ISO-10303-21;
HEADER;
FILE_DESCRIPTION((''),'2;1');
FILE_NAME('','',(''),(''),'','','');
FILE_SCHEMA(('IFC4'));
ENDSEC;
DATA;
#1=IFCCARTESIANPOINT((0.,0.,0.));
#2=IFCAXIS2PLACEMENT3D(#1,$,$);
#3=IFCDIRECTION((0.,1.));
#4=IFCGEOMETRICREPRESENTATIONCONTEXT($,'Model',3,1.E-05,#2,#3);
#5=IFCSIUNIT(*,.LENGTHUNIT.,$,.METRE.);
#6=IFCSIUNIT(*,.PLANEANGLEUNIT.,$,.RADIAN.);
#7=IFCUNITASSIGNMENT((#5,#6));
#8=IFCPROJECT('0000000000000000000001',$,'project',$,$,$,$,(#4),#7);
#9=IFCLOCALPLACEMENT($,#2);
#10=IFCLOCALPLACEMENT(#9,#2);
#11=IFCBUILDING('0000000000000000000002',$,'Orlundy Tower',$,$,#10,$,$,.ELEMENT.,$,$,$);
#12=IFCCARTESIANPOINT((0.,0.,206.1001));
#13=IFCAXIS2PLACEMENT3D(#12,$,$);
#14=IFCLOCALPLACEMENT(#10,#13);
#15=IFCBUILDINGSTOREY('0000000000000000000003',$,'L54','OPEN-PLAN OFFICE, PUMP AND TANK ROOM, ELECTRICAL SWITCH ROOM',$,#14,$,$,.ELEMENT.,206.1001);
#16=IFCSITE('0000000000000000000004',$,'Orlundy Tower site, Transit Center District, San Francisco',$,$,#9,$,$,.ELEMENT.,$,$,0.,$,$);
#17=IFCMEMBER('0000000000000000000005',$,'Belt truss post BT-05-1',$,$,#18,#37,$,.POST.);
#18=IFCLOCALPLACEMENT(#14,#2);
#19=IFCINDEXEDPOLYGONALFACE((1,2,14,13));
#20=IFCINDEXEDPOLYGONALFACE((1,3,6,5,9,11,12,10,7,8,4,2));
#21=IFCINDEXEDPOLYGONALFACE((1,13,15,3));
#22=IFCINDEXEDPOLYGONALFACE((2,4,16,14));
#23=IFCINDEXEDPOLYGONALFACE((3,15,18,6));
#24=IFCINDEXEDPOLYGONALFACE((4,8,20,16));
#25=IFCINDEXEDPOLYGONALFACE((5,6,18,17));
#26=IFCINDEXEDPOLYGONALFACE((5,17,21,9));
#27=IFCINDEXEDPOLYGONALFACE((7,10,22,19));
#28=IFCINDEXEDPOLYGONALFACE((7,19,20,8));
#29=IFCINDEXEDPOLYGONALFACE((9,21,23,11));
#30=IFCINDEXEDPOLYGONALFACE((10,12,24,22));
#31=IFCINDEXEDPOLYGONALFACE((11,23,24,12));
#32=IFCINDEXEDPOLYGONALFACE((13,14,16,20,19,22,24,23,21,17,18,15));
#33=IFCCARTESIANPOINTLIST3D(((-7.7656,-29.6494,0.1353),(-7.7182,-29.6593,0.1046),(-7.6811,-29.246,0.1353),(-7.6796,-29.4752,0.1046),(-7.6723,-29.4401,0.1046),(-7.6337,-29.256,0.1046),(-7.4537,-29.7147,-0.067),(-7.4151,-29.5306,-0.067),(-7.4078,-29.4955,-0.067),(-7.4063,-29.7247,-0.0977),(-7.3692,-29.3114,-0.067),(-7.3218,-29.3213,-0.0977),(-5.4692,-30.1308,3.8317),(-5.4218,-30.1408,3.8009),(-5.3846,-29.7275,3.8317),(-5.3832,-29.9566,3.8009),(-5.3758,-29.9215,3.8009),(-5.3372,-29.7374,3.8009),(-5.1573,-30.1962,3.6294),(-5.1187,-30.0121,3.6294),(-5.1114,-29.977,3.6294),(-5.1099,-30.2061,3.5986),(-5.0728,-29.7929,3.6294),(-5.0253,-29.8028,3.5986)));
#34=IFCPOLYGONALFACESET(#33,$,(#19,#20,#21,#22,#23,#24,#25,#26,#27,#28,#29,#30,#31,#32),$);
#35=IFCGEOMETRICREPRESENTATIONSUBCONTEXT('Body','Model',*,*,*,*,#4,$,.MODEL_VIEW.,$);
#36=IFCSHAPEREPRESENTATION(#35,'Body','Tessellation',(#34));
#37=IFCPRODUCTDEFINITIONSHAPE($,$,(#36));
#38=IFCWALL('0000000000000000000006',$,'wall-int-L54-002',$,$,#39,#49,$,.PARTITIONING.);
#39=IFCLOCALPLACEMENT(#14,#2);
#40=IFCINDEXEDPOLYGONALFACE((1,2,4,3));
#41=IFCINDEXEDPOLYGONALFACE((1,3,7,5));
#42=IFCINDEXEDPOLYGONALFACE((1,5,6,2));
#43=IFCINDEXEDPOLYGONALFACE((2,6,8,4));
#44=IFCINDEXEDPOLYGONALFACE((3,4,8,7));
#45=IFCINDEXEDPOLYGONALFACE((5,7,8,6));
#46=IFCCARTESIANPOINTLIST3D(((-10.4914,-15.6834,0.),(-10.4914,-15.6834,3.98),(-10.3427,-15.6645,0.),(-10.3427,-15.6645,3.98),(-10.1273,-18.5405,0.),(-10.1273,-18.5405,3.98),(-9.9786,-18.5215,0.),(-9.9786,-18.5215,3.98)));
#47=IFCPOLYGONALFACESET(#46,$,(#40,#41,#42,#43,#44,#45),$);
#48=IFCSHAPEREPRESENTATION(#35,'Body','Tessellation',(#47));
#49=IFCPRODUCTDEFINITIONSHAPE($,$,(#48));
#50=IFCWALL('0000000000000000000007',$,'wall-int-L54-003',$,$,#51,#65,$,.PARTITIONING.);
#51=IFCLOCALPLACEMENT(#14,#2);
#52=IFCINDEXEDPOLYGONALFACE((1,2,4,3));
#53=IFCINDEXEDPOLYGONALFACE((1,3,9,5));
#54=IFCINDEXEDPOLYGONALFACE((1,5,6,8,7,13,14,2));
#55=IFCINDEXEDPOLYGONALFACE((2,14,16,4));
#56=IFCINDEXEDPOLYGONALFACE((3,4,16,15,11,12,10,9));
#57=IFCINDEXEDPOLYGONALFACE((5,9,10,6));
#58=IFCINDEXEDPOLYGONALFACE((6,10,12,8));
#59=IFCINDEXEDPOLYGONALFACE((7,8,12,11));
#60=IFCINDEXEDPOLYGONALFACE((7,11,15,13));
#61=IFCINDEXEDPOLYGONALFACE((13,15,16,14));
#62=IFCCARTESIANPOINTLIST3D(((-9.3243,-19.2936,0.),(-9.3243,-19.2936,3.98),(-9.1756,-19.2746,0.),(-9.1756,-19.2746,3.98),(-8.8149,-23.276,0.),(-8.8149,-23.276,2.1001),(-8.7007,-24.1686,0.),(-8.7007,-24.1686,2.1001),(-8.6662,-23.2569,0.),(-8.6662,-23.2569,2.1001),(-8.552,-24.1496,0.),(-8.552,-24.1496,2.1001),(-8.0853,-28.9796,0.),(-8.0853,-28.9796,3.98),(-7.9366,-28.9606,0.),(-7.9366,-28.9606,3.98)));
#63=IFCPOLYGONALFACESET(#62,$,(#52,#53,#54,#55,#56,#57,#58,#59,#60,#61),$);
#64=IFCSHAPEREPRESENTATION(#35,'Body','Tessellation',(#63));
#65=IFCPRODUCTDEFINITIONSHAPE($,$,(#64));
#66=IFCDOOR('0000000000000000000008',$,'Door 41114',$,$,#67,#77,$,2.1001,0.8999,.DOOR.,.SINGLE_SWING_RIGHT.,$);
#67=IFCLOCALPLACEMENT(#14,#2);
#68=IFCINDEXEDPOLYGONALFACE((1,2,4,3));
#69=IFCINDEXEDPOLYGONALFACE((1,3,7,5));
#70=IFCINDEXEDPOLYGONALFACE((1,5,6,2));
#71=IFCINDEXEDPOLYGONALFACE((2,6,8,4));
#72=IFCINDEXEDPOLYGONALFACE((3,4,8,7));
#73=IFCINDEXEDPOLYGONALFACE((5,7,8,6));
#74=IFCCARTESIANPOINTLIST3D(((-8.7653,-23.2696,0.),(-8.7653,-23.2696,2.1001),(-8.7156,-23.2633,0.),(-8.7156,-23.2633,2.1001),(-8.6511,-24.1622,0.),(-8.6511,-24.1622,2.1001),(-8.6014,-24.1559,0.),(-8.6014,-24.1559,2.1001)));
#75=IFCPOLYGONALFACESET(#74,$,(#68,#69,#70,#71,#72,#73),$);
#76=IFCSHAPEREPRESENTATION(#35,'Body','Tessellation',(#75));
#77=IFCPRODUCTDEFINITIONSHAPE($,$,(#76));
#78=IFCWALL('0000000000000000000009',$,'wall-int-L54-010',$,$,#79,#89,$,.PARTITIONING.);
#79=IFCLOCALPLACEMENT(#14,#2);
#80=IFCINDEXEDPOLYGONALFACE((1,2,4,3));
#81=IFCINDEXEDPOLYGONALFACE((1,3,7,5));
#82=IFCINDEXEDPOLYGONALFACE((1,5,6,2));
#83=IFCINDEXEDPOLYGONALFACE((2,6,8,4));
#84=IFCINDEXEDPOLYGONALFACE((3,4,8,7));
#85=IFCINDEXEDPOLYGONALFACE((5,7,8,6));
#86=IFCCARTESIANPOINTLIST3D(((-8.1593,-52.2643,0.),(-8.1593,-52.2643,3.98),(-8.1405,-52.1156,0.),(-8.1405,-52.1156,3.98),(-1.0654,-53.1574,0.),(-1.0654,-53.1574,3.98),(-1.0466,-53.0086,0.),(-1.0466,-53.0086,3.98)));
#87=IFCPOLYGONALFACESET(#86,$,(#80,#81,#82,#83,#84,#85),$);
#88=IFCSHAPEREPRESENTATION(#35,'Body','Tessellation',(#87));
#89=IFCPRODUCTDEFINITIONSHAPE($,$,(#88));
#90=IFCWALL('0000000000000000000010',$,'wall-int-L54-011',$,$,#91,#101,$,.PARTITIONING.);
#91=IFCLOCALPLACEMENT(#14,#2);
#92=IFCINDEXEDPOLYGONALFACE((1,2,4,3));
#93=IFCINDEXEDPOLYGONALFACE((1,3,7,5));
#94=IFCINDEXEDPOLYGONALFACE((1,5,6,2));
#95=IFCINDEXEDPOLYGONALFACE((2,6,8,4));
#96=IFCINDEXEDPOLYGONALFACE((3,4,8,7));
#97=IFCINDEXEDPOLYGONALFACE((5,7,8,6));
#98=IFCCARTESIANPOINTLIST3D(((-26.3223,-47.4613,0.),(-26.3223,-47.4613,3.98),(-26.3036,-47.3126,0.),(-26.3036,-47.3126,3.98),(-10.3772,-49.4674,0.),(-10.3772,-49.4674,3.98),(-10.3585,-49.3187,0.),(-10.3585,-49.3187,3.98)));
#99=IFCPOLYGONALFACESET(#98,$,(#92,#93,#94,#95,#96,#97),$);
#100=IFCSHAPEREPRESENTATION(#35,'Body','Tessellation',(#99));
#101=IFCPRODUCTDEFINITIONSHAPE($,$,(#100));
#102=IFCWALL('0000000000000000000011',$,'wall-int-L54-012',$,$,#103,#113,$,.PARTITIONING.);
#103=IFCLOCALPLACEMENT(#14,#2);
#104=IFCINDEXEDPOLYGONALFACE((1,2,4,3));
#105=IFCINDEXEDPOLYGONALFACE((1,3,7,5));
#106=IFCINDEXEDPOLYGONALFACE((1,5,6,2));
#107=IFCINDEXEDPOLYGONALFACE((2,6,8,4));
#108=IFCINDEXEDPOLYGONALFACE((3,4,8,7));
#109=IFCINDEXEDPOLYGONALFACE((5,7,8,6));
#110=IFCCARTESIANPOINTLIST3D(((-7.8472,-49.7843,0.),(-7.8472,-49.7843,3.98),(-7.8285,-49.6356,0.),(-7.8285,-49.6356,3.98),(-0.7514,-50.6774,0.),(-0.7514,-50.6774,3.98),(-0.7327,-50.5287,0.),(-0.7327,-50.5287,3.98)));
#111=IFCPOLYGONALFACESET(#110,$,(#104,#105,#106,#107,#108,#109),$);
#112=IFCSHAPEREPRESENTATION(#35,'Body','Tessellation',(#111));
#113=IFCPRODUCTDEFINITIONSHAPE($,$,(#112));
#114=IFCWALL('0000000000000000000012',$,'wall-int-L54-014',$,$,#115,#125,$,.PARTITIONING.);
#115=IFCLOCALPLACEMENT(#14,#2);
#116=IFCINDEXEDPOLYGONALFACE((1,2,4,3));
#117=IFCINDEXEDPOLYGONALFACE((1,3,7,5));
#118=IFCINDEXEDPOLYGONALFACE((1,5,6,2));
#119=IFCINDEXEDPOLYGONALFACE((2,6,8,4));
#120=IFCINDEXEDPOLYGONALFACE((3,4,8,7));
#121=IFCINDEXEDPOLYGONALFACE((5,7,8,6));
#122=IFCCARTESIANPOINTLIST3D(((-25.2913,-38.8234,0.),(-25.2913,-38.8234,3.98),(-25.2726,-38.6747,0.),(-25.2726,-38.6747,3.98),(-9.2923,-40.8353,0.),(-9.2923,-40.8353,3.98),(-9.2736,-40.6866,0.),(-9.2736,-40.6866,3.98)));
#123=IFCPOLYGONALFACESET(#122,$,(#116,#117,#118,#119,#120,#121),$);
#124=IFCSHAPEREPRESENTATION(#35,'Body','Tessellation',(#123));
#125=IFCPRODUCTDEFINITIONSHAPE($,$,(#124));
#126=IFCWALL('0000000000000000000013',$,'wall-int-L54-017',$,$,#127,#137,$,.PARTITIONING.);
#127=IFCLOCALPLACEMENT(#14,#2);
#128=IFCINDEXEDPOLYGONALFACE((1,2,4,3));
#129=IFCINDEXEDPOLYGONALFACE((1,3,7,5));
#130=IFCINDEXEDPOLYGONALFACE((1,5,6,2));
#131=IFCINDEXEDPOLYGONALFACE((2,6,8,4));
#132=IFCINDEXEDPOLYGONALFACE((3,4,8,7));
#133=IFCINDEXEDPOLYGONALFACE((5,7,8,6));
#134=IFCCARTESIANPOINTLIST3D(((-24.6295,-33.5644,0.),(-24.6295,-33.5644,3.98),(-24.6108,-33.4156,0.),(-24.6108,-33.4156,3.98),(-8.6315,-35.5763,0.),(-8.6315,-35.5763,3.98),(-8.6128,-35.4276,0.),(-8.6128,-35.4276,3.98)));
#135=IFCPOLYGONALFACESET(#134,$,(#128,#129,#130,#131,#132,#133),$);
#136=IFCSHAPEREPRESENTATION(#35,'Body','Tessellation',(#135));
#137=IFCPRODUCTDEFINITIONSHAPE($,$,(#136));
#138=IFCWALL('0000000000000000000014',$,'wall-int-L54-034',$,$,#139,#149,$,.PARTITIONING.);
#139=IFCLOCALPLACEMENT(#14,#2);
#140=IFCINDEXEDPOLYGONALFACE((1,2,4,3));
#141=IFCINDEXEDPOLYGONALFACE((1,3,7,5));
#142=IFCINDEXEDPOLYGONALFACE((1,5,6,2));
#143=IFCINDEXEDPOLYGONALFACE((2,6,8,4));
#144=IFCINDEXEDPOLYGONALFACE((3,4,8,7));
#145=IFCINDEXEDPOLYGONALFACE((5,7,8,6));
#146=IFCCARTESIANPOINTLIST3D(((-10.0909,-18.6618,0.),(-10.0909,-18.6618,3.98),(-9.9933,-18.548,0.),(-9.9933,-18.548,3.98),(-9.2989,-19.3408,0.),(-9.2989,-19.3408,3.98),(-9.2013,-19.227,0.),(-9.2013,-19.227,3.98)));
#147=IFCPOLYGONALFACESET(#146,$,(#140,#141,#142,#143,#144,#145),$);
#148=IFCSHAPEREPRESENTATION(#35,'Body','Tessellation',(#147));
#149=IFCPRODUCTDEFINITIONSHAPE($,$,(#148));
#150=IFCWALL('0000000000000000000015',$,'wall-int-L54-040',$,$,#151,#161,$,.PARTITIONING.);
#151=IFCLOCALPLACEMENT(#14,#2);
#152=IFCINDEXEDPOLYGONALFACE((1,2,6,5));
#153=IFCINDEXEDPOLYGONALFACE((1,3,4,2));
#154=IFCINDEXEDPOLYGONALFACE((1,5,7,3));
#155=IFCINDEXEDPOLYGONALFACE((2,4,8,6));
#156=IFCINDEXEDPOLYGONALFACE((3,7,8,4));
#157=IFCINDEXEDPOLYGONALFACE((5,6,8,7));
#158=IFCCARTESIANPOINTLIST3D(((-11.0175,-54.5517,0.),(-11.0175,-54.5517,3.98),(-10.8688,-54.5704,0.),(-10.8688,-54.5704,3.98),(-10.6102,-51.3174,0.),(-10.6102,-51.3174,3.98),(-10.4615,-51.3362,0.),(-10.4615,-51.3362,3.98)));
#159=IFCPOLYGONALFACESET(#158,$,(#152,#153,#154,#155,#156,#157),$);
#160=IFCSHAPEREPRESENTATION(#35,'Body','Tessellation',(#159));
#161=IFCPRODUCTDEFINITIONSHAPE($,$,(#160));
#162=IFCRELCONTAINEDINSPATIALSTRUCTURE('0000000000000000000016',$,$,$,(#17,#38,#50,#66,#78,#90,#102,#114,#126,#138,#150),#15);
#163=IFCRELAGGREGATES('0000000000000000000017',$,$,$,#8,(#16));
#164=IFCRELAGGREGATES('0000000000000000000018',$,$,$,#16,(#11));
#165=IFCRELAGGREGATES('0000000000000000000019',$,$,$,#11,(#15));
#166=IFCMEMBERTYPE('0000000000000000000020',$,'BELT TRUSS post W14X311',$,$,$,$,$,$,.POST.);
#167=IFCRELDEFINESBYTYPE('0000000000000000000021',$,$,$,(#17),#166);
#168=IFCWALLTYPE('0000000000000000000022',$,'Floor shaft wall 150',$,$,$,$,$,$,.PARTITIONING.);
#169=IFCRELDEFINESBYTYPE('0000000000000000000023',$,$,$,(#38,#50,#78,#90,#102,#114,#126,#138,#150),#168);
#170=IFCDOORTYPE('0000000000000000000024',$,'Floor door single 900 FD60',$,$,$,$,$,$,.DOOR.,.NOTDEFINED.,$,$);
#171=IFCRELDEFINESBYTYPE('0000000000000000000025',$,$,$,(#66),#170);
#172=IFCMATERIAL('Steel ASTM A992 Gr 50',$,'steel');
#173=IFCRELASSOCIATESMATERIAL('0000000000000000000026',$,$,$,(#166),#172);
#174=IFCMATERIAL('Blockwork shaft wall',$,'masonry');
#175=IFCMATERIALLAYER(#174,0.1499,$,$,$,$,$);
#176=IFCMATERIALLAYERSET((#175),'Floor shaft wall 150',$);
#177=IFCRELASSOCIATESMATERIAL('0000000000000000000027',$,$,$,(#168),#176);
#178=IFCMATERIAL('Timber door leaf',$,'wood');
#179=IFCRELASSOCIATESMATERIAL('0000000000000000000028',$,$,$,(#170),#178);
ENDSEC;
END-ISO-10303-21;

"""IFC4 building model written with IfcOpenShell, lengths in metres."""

from ifc_helpers import new_model, si_unit, direction, frame, frame_2d, origin, origin_2d, place, context, subcontext, project, spatial, rectangle, i_section, extrude, material, layer, layer_set, material_profile, profile_set, type_object, element, fill, save


model = new_model("IFC4")

# Units and contexts
model_context = context("Model", 3, precision=1e-05, world=origin(), true_north=direction((0.0, 1.0)))
body_context = subcontext(model_context, "Body", "Model", "MODEL_VIEW")
ifc_project = project(units=[si_unit("LENGTHUNIT", "METRE"), si_unit("PLANEANGLEUNIT", "RADIAN")], contexts=[model_context])

# Site, building, storey
site_placement = place(None, origin())
site = spatial("IfcSite", under=ifc_project, at=site_placement, Name="Orlundy Tower site, Transit Center District, San Francisco", CompositionType="ELEMENT", RefElevation=0.0)
building_placement = place(site_placement, origin())
building = spatial("IfcBuilding", under=site, at=building_placement, Name="Orlundy Tower", CompositionType="ELEMENT")
storey_placement = place(building_placement, frame((0.0, 0.0, 206.1001)))
storey = spatial("IfcBuildingStorey", under=building, at=storey_placement, Name="L54", Description="OPEN-PLAN OFFICE, PUMP AND TANK ROOM, ELECTRICAL SWITCH ROOM", CompositionType="ELEMENT", Elevation=206.1001)

# Member
ifc_material_1 = material(Name="Steel ASTM A992 Gr 50", Category="steel")
ifc_material_profile = material_profile(ifc_material_1, i_section(OverallWidth=0.4121, OverallDepth=0.4348, WebThickness=0.0359, FlangeThickness=0.0574, at=origin_2d()), Name="W14X311")
ifc_profile_set = profile_set([ifc_material_profile], Name="Steel ASTM A992 Gr 50")
member_type = type_object("IfcMemberType", Name="BELT TRUSS post W14X311", PredefinedType="POST", material=ifc_profile_set)
member_placement = place(storey_placement, frame((-7.5437, -29.4854, 0.0188), z_axis=(0.524517, -0.109967, 0.844268), x_axis=(0.205192, 0.978722, 0.0)))
element("IfcMember", 1, at=member_placement, inside=storey, type_object=member_type, Name="Belt truss post BT-05-1", PredefinedType="POST", context=body_context, shape_type="SweptSolid", body=[
    extrude(i_section(OverallWidth=0.4121, OverallDepth=0.4348, WebThickness=0.0359, FlangeThickness=0.0574, at=origin_2d()), origin(), (0.0, 0.0, 1.0), 4.3782),
])

# Wall
ifc_material_2 = material(Name="Blockwork shaft wall", Category="masonry")
ifc_layer = layer(ifc_material_2, 0.1499)
ifc_layer_set = layer_set([ifc_layer], Name="Floor shaft wall 150")
wall_type = type_object("IfcWallType", Name="Floor shaft wall 150", PredefinedType="PARTITIONING", material=ifc_layer_set)
wall_1_placement = place(storey_placement, frame((-10.417, -15.6741, 0.0), z_axis=(0.0, 0.0, 1.0), x_axis=(0.126392, -0.99198, 0.0)))
element("IfcWall", 2, at=wall_1_placement, inside=storey, type_object=wall_type, Name="wall-int-L54-002", PredefinedType="PARTITIONING", context=body_context, shape_type="SweptSolid", body=[
    extrude(rectangle(XDim=2.8801, YDim=0.1499, at=frame_2d((1.4399, 0.0))), origin(), (0.0, 0.0, 1.0), 3.98),
])

# Wall, opening, door
wall_2_placement = place(storey_placement, frame((-8.011, -28.97, 0.0), z_axis=(0.0, 0.0, 1.0), x_axis=(-0.126884, 0.991918, 0.0)))
wall_2 = element("IfcWall", 3, at=wall_2_placement, inside=storey, type_object=wall_type, Name="wall-int-L54-003", PredefinedType="PARTITIONING", context=body_context, shape_type="SweptSolid", body=[
    extrude(rectangle(XDim=9.7649, YDim=0.1499, at=frame_2d((4.8823, 0.0))), origin(), (0.0, 0.0, 1.0), 3.98),
])
opening_1_placement = place(wall_2_placement, frame((4.8501, 0.0, 0.0)))
opening_1 = element("IfcOpeningElement", 4, at=opening_1_placement, cuts=wall_2, PredefinedType="OPENING", context=body_context, shape_type="SweptSolid", body=[
    extrude(rectangle(XDim=0.8999, YDim=2.1001, at=frame_2d((0.45, 1.05))), frame((0.0, 0.085, 0.0), z_axis=(0.0, -1.0, 0.0), x_axis=(1.0, 0.0, 0.0)), (0.0, 0.0, 1.0), 0.1699),
])
ifc_material_3 = material(Name="Timber door leaf", Category="wood")
door_type = type_object("IfcDoorType", Name="Floor door single 900 FD60", OperationType="NOTDEFINED", PredefinedType="DOOR", material=ifc_material_3)
door_1_placement = place(opening_1_placement, origin())
door_1 = element("IfcDoor", 5, at=door_1_placement, inside=storey, type_object=door_type, Name="Door 41114", OperationType="SINGLE_SWING_RIGHT", OverallHeight=2.1001, OverallWidth=0.8999, PredefinedType="DOOR", context=body_context, shape_type="SweptSolid", body=[
    extrude(rectangle(XDim=0.8999, YDim=2.1001, at=frame_2d((0.45, 1.05))), frame((0.0, 0.0249, 0.0), z_axis=(0.0, -1.0, 0.0), x_axis=(1.0, 0.0, 0.0)), (0.0, 0.0, 1.0), 0.05),
])
fill(opening_1, door_1)

# Walls
wall_3_placement = place(storey_placement, frame((-8.1499, -52.1899, 0.0), z_axis=(0.0, 0.0, 1.0), x_axis=(0.992169, -0.124905, 0.0)))
element("IfcWall", 6, at=wall_3_placement, inside=storey, type_object=wall_type, Name="wall-int-L54-010", PredefinedType="PARTITIONING", context=body_context, shape_type="SweptSolid", body=[
    extrude(rectangle(XDim=7.1499, YDim=0.1499, at=frame_2d((3.575, 0.0))), origin(), (0.0, 0.0, 1.0), 3.98),
])
wall_4_placement = place(storey_placement, frame((-26.313, -47.387, 0.0), z_axis=(0.0, 0.0, 1.0), x_axis=(0.992178, -0.124829, 0.0)))
element("IfcWall", 7, at=wall_4_placement, inside=storey, type_object=wall_type, Name="wall-int-L54-011", PredefinedType="PARTITIONING", context=body_context, shape_type="SweptSolid", body=[
    extrude(rectangle(XDim=16.0708, YDim=0.1499, at=frame_2d((8.0354, 0.0))), origin(), (0.0, 0.0, 1.0), 3.98),
])
wall_5_placement = place(storey_placement, frame((-7.8379, -49.71, 0.0), z_axis=(0.0, 0.0, 1.0), x_axis=(0.992173, -0.124871, 0.0)))
element("IfcWall", 8, at=wall_5_placement, inside=storey, type_object=wall_type, Name="wall-int-L54-012", PredefinedType="PARTITIONING", context=body_context, shape_type="SweptSolid", body=[
    extrude(rectangle(XDim=7.1519, YDim=0.1499, at=frame_2d((3.5759, 0.0))), origin(), (0.0, 0.0, 1.0), 3.98),
])
wall_6_placement = place(storey_placement, frame((-25.282, -38.749, 0.0), z_axis=(0.0, 0.0, 1.0), x_axis=(0.992185, -0.124773, 0.0)))
element("IfcWall", 9, at=wall_6_placement, inside=storey, type_object=wall_type, Name="wall-int-L54-014", PredefinedType="PARTITIONING", context=body_context, shape_type="SweptSolid", body=[
    extrude(rectangle(XDim=16.125, YDim=0.1499, at=frame_2d((8.0625, 0.0))), origin(), (0.0, 0.0, 1.0), 3.98),
])
wall_7_placement = place(storey_placement, frame((-24.6201, -33.49, 0.0), z_axis=(0.0, 0.0, 1.0), x_axis=(0.992184, -0.12478, 0.0)))
element("IfcWall", 10, at=wall_7_placement, inside=storey, type_object=wall_type, Name="wall-int-L54-017", PredefinedType="PARTITIONING", context=body_context, shape_type="SweptSolid", body=[
    extrude(rectangle(XDim=16.124, YDim=0.1499, at=frame_2d((8.062, 0.0))), origin(), (0.0, 0.0, 1.0), 3.98),
])
wall_8_placement = place(storey_placement, frame((-10.042, -18.605, 0.0), z_axis=(0.0, 0.0, 1.0), x_axis=(0.759207, -0.650849, 0.0)))
element("IfcWall", 11, at=wall_8_placement, inside=storey, type_object=wall_type, Name="wall-int-L54-034", PredefinedType="PARTITIONING", context=body_context, shape_type="SweptSolid", body=[
    extrude(rectangle(XDim=1.0432, YDim=0.1499, at=frame_2d((0.5215, 0.0))), origin(), (0.0, 0.0, 1.0), 3.98),
])
wall_9_placement = place(storey_placement, frame((-10.9431, -54.561, 0.0), z_axis=(0.0, 0.0, 1.0), x_axis=(0.124929, 0.992166, 0.0)))
element("IfcWall", 12, at=wall_9_placement, inside=storey, type_object=wall_type, Name="wall-int-L54-040", PredefinedType="PARTITIONING", context=body_context, shape_type="SweptSolid", body=[
    extrude(rectangle(XDim=3.2598, YDim=0.1499, at=frame_2d((1.6299, 0.0))), origin(), (0.0, 0.0, 1.0), 3.98),
])

save(model, "model.ifc")
